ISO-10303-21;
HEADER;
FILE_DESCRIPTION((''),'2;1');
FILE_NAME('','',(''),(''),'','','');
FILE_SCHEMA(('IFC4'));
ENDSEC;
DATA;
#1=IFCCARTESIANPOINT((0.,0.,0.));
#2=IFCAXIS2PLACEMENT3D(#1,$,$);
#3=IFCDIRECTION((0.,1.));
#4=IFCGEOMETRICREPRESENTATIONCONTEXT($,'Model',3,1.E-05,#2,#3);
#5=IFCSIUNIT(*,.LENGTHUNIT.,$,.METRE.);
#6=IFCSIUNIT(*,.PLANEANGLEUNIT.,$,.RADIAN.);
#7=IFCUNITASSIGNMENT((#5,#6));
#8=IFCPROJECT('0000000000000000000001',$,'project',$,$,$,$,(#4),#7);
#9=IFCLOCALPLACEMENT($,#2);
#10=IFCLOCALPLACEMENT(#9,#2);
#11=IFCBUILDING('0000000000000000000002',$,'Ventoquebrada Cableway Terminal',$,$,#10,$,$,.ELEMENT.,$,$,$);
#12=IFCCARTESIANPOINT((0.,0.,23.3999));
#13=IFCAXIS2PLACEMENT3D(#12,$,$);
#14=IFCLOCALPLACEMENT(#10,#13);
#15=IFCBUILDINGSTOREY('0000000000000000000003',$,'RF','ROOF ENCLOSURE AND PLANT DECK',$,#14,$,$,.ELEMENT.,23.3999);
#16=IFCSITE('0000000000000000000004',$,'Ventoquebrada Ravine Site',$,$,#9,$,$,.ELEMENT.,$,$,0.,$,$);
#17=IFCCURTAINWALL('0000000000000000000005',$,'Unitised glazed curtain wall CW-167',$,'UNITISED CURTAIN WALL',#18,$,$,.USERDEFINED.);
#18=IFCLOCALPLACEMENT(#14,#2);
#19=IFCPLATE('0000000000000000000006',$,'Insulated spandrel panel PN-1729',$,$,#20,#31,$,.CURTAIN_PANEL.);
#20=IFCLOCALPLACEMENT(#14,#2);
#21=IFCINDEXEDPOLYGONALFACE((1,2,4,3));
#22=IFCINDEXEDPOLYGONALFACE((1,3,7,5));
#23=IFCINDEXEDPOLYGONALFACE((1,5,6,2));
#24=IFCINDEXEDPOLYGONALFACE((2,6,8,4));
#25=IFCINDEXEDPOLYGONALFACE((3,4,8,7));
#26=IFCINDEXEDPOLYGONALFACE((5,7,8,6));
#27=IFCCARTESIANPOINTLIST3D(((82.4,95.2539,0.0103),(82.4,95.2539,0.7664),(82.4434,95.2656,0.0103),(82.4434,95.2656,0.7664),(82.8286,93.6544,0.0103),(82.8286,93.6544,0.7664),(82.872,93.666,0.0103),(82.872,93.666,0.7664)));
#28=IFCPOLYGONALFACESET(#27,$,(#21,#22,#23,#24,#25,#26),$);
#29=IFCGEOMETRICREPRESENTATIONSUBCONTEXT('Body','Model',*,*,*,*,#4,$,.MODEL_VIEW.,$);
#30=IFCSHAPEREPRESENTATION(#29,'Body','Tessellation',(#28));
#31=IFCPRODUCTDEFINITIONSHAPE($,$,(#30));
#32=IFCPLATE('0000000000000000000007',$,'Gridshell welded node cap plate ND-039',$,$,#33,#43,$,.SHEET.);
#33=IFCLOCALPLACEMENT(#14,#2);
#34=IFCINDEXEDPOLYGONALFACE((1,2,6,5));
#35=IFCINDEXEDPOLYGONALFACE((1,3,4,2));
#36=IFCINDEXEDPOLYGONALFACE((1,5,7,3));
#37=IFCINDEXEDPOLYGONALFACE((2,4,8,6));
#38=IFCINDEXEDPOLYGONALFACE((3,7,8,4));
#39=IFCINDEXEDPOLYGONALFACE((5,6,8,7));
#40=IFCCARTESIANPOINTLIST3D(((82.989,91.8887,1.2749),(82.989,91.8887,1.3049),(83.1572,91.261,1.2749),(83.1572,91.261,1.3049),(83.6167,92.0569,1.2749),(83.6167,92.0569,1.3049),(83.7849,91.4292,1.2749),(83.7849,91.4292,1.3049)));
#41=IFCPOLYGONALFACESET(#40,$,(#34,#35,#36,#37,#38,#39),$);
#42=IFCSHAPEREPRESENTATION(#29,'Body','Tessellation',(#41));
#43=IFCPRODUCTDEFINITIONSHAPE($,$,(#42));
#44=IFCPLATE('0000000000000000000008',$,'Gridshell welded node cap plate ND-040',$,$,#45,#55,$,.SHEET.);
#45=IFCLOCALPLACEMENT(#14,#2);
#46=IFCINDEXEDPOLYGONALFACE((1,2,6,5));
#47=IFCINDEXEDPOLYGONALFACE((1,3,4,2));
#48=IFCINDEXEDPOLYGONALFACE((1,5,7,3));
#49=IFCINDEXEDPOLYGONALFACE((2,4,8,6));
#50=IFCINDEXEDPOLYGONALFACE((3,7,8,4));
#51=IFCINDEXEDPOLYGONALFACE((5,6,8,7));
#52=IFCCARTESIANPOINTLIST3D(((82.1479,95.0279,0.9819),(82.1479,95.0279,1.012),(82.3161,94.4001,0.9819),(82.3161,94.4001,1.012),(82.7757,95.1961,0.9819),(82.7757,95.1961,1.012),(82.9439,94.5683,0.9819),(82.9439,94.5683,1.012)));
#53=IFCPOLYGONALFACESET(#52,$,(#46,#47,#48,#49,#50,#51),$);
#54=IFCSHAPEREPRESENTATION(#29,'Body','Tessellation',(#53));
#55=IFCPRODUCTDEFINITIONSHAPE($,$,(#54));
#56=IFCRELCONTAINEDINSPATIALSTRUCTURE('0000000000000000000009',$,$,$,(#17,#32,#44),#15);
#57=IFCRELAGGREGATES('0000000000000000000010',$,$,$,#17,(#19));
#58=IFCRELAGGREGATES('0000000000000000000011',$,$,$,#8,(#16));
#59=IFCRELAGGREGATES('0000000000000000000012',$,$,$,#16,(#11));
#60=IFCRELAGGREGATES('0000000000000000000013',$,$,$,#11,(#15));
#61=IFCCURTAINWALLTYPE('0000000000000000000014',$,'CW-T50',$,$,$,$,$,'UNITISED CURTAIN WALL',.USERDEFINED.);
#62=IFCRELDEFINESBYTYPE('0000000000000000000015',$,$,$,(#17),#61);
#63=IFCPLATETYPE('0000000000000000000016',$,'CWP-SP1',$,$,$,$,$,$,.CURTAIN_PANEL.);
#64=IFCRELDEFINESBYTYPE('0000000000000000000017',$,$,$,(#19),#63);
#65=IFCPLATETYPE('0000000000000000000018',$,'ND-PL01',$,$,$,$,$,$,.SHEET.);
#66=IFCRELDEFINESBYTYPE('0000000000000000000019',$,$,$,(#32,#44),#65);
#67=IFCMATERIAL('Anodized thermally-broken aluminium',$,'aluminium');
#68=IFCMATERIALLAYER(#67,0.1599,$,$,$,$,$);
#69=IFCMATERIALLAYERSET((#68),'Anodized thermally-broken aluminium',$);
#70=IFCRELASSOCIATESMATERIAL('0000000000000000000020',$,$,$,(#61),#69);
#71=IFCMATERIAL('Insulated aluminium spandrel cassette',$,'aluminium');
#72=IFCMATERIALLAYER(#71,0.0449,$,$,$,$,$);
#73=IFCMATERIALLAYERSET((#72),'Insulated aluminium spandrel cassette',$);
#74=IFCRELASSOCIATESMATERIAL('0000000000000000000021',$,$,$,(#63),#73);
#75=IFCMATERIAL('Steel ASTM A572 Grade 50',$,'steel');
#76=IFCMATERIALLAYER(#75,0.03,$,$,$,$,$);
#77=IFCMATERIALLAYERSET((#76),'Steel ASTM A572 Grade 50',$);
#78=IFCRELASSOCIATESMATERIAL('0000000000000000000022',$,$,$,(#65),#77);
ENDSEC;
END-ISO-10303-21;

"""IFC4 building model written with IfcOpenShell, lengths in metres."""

from ifc_helpers import new_model, si_unit, direction, frame, origin, origin_2d, place, context, subcontext, project, spatial, rectangle, extrude, material, layer, layer_set, type_object, element, aggregate, save


model = new_model("IFC4")

# Units and contexts
model_context = context("Model", 3, precision=1e-05, world=origin(), true_north=direction((0.0, 1.0)))
body_context = subcontext(model_context, "Body", "Model", "MODEL_VIEW")
ifc_project = project(units=[si_unit("LENGTHUNIT", "METRE"), si_unit("PLANEANGLEUNIT", "RADIAN")], contexts=[model_context])

# Site, building, storey
site_placement = place(None, origin())
site = spatial("IfcSite", under=ifc_project, at=site_placement, Name="Ventoquebrada Ravine Site", CompositionType="ELEMENT", RefElevation=0.0)
building_placement = place(site_placement, origin())
building = spatial("IfcBuilding", under=site, at=building_placement, Name="Ventoquebrada Cableway Terminal", CompositionType="ELEMENT")
storey_placement = place(building_placement, frame((0.0, 0.0, 23.3999)))
storey = spatial("IfcBuildingStorey", under=building, at=storey_placement, Name="RF", Description="ROOF ENCLOSURE AND PLANT DECK", CompositionType="ELEMENT", Elevation=23.3999)

# Shared definitions
ifc_material_1 = material(Name="Anodized thermally-broken aluminium", Category="aluminium")
ifc_layer_1 = layer(ifc_material_1, 0.1599)
ifc_layer_set_1 = layer_set([ifc_layer_1], Name="Anodized thermally-broken aluminium")
curtain_wall_type = type_object("IfcCurtainWallType", Name="CW-T50", ElementType="UNITISED CURTAIN WALL", PredefinedType="USERDEFINED", material=ifc_layer_set_1)

# Curtain wall
curtain_wall_1_placement = place(storey_placement, origin())
curtain_wall_1 = element("IfcCurtainWall", 1, at=curtain_wall_1_placement, inside=storey, type_object=curtain_wall_type, Name="Unitised glazed curtain wall CW-167", ObjectType="UNITISED CURTAIN WALL", PredefinedType="USERDEFINED")

# Plate
ifc_material_2 = material(Name="Insulated aluminium spandrel cassette", Category="aluminium")
ifc_layer_2 = layer(ifc_material_2, 0.0449)
ifc_layer_set_2 = layer_set([ifc_layer_2], Name="Insulated aluminium spandrel cassette")
plate_type_1 = type_object("IfcPlateType", Name="CWP-SP1", PredefinedType="CURTAIN_PANEL", material=ifc_layer_set_2)
plate_1_placement = place(storey_placement, frame((82.636, 94.46, 0.0103), z_axis=(0.0, 0.0, 1.0), x_axis=(-0.258836, 0.965921, 0.0)))
plate_1 = element("IfcPlate", 2, at=plate_1_placement, type_object=plate_type_1, Name="Insulated spandrel panel PN-1729", PredefinedType="CURTAIN_PANEL", context=body_context, shape_type="SweptSolid", body=[
    extrude(rectangle(XDim=1.656, YDim=0.0449, at=origin_2d()), origin(), (0.0, 0.0, 1.0), 0.7561),
])
aggregate(curtain_wall_1, [plate_1])

# Plates
ifc_material_3 = material(Name="Steel ASTM A572 Grade 50", Category="steel")
ifc_layer_3 = layer(ifc_material_3, 0.03)
ifc_layer_set_3 = layer_set([ifc_layer_3], Name="Steel ASTM A572 Grade 50")
plate_type_2 = type_object("IfcPlateType", Name="ND-PL01", PredefinedType="SHEET", material=ifc_layer_set_3)
for number, where, z_axis, x_axis, name in (
    (3, (83.387, 91.6589, 1.2749), (0.0, 0.0, 1.0), (0.965926, 0.258819, 0.0), "Gridshell welded node cap plate ND-039"),
    (4, (82.5459, 94.7981, 0.9819), (0.0, 0.0, 1.0), (0.965926, 0.258819, 0.0), "Gridshell welded node cap plate ND-040"),
):
    element("IfcPlate", number, at=place(storey_placement, frame(where, z_axis=z_axis, x_axis=x_axis)), inside=storey, type_object=plate_type_2, Name=name, PredefinedType="SHEET", context=body_context, shape_type="SweptSolid", body=[
        extrude(rectangle(XDim=0.6499, YDim=0.6499, at=origin_2d()), origin(), (0.0, 0.0, 1.0), 0.03),
    ])

save(model, "model.ifc")
